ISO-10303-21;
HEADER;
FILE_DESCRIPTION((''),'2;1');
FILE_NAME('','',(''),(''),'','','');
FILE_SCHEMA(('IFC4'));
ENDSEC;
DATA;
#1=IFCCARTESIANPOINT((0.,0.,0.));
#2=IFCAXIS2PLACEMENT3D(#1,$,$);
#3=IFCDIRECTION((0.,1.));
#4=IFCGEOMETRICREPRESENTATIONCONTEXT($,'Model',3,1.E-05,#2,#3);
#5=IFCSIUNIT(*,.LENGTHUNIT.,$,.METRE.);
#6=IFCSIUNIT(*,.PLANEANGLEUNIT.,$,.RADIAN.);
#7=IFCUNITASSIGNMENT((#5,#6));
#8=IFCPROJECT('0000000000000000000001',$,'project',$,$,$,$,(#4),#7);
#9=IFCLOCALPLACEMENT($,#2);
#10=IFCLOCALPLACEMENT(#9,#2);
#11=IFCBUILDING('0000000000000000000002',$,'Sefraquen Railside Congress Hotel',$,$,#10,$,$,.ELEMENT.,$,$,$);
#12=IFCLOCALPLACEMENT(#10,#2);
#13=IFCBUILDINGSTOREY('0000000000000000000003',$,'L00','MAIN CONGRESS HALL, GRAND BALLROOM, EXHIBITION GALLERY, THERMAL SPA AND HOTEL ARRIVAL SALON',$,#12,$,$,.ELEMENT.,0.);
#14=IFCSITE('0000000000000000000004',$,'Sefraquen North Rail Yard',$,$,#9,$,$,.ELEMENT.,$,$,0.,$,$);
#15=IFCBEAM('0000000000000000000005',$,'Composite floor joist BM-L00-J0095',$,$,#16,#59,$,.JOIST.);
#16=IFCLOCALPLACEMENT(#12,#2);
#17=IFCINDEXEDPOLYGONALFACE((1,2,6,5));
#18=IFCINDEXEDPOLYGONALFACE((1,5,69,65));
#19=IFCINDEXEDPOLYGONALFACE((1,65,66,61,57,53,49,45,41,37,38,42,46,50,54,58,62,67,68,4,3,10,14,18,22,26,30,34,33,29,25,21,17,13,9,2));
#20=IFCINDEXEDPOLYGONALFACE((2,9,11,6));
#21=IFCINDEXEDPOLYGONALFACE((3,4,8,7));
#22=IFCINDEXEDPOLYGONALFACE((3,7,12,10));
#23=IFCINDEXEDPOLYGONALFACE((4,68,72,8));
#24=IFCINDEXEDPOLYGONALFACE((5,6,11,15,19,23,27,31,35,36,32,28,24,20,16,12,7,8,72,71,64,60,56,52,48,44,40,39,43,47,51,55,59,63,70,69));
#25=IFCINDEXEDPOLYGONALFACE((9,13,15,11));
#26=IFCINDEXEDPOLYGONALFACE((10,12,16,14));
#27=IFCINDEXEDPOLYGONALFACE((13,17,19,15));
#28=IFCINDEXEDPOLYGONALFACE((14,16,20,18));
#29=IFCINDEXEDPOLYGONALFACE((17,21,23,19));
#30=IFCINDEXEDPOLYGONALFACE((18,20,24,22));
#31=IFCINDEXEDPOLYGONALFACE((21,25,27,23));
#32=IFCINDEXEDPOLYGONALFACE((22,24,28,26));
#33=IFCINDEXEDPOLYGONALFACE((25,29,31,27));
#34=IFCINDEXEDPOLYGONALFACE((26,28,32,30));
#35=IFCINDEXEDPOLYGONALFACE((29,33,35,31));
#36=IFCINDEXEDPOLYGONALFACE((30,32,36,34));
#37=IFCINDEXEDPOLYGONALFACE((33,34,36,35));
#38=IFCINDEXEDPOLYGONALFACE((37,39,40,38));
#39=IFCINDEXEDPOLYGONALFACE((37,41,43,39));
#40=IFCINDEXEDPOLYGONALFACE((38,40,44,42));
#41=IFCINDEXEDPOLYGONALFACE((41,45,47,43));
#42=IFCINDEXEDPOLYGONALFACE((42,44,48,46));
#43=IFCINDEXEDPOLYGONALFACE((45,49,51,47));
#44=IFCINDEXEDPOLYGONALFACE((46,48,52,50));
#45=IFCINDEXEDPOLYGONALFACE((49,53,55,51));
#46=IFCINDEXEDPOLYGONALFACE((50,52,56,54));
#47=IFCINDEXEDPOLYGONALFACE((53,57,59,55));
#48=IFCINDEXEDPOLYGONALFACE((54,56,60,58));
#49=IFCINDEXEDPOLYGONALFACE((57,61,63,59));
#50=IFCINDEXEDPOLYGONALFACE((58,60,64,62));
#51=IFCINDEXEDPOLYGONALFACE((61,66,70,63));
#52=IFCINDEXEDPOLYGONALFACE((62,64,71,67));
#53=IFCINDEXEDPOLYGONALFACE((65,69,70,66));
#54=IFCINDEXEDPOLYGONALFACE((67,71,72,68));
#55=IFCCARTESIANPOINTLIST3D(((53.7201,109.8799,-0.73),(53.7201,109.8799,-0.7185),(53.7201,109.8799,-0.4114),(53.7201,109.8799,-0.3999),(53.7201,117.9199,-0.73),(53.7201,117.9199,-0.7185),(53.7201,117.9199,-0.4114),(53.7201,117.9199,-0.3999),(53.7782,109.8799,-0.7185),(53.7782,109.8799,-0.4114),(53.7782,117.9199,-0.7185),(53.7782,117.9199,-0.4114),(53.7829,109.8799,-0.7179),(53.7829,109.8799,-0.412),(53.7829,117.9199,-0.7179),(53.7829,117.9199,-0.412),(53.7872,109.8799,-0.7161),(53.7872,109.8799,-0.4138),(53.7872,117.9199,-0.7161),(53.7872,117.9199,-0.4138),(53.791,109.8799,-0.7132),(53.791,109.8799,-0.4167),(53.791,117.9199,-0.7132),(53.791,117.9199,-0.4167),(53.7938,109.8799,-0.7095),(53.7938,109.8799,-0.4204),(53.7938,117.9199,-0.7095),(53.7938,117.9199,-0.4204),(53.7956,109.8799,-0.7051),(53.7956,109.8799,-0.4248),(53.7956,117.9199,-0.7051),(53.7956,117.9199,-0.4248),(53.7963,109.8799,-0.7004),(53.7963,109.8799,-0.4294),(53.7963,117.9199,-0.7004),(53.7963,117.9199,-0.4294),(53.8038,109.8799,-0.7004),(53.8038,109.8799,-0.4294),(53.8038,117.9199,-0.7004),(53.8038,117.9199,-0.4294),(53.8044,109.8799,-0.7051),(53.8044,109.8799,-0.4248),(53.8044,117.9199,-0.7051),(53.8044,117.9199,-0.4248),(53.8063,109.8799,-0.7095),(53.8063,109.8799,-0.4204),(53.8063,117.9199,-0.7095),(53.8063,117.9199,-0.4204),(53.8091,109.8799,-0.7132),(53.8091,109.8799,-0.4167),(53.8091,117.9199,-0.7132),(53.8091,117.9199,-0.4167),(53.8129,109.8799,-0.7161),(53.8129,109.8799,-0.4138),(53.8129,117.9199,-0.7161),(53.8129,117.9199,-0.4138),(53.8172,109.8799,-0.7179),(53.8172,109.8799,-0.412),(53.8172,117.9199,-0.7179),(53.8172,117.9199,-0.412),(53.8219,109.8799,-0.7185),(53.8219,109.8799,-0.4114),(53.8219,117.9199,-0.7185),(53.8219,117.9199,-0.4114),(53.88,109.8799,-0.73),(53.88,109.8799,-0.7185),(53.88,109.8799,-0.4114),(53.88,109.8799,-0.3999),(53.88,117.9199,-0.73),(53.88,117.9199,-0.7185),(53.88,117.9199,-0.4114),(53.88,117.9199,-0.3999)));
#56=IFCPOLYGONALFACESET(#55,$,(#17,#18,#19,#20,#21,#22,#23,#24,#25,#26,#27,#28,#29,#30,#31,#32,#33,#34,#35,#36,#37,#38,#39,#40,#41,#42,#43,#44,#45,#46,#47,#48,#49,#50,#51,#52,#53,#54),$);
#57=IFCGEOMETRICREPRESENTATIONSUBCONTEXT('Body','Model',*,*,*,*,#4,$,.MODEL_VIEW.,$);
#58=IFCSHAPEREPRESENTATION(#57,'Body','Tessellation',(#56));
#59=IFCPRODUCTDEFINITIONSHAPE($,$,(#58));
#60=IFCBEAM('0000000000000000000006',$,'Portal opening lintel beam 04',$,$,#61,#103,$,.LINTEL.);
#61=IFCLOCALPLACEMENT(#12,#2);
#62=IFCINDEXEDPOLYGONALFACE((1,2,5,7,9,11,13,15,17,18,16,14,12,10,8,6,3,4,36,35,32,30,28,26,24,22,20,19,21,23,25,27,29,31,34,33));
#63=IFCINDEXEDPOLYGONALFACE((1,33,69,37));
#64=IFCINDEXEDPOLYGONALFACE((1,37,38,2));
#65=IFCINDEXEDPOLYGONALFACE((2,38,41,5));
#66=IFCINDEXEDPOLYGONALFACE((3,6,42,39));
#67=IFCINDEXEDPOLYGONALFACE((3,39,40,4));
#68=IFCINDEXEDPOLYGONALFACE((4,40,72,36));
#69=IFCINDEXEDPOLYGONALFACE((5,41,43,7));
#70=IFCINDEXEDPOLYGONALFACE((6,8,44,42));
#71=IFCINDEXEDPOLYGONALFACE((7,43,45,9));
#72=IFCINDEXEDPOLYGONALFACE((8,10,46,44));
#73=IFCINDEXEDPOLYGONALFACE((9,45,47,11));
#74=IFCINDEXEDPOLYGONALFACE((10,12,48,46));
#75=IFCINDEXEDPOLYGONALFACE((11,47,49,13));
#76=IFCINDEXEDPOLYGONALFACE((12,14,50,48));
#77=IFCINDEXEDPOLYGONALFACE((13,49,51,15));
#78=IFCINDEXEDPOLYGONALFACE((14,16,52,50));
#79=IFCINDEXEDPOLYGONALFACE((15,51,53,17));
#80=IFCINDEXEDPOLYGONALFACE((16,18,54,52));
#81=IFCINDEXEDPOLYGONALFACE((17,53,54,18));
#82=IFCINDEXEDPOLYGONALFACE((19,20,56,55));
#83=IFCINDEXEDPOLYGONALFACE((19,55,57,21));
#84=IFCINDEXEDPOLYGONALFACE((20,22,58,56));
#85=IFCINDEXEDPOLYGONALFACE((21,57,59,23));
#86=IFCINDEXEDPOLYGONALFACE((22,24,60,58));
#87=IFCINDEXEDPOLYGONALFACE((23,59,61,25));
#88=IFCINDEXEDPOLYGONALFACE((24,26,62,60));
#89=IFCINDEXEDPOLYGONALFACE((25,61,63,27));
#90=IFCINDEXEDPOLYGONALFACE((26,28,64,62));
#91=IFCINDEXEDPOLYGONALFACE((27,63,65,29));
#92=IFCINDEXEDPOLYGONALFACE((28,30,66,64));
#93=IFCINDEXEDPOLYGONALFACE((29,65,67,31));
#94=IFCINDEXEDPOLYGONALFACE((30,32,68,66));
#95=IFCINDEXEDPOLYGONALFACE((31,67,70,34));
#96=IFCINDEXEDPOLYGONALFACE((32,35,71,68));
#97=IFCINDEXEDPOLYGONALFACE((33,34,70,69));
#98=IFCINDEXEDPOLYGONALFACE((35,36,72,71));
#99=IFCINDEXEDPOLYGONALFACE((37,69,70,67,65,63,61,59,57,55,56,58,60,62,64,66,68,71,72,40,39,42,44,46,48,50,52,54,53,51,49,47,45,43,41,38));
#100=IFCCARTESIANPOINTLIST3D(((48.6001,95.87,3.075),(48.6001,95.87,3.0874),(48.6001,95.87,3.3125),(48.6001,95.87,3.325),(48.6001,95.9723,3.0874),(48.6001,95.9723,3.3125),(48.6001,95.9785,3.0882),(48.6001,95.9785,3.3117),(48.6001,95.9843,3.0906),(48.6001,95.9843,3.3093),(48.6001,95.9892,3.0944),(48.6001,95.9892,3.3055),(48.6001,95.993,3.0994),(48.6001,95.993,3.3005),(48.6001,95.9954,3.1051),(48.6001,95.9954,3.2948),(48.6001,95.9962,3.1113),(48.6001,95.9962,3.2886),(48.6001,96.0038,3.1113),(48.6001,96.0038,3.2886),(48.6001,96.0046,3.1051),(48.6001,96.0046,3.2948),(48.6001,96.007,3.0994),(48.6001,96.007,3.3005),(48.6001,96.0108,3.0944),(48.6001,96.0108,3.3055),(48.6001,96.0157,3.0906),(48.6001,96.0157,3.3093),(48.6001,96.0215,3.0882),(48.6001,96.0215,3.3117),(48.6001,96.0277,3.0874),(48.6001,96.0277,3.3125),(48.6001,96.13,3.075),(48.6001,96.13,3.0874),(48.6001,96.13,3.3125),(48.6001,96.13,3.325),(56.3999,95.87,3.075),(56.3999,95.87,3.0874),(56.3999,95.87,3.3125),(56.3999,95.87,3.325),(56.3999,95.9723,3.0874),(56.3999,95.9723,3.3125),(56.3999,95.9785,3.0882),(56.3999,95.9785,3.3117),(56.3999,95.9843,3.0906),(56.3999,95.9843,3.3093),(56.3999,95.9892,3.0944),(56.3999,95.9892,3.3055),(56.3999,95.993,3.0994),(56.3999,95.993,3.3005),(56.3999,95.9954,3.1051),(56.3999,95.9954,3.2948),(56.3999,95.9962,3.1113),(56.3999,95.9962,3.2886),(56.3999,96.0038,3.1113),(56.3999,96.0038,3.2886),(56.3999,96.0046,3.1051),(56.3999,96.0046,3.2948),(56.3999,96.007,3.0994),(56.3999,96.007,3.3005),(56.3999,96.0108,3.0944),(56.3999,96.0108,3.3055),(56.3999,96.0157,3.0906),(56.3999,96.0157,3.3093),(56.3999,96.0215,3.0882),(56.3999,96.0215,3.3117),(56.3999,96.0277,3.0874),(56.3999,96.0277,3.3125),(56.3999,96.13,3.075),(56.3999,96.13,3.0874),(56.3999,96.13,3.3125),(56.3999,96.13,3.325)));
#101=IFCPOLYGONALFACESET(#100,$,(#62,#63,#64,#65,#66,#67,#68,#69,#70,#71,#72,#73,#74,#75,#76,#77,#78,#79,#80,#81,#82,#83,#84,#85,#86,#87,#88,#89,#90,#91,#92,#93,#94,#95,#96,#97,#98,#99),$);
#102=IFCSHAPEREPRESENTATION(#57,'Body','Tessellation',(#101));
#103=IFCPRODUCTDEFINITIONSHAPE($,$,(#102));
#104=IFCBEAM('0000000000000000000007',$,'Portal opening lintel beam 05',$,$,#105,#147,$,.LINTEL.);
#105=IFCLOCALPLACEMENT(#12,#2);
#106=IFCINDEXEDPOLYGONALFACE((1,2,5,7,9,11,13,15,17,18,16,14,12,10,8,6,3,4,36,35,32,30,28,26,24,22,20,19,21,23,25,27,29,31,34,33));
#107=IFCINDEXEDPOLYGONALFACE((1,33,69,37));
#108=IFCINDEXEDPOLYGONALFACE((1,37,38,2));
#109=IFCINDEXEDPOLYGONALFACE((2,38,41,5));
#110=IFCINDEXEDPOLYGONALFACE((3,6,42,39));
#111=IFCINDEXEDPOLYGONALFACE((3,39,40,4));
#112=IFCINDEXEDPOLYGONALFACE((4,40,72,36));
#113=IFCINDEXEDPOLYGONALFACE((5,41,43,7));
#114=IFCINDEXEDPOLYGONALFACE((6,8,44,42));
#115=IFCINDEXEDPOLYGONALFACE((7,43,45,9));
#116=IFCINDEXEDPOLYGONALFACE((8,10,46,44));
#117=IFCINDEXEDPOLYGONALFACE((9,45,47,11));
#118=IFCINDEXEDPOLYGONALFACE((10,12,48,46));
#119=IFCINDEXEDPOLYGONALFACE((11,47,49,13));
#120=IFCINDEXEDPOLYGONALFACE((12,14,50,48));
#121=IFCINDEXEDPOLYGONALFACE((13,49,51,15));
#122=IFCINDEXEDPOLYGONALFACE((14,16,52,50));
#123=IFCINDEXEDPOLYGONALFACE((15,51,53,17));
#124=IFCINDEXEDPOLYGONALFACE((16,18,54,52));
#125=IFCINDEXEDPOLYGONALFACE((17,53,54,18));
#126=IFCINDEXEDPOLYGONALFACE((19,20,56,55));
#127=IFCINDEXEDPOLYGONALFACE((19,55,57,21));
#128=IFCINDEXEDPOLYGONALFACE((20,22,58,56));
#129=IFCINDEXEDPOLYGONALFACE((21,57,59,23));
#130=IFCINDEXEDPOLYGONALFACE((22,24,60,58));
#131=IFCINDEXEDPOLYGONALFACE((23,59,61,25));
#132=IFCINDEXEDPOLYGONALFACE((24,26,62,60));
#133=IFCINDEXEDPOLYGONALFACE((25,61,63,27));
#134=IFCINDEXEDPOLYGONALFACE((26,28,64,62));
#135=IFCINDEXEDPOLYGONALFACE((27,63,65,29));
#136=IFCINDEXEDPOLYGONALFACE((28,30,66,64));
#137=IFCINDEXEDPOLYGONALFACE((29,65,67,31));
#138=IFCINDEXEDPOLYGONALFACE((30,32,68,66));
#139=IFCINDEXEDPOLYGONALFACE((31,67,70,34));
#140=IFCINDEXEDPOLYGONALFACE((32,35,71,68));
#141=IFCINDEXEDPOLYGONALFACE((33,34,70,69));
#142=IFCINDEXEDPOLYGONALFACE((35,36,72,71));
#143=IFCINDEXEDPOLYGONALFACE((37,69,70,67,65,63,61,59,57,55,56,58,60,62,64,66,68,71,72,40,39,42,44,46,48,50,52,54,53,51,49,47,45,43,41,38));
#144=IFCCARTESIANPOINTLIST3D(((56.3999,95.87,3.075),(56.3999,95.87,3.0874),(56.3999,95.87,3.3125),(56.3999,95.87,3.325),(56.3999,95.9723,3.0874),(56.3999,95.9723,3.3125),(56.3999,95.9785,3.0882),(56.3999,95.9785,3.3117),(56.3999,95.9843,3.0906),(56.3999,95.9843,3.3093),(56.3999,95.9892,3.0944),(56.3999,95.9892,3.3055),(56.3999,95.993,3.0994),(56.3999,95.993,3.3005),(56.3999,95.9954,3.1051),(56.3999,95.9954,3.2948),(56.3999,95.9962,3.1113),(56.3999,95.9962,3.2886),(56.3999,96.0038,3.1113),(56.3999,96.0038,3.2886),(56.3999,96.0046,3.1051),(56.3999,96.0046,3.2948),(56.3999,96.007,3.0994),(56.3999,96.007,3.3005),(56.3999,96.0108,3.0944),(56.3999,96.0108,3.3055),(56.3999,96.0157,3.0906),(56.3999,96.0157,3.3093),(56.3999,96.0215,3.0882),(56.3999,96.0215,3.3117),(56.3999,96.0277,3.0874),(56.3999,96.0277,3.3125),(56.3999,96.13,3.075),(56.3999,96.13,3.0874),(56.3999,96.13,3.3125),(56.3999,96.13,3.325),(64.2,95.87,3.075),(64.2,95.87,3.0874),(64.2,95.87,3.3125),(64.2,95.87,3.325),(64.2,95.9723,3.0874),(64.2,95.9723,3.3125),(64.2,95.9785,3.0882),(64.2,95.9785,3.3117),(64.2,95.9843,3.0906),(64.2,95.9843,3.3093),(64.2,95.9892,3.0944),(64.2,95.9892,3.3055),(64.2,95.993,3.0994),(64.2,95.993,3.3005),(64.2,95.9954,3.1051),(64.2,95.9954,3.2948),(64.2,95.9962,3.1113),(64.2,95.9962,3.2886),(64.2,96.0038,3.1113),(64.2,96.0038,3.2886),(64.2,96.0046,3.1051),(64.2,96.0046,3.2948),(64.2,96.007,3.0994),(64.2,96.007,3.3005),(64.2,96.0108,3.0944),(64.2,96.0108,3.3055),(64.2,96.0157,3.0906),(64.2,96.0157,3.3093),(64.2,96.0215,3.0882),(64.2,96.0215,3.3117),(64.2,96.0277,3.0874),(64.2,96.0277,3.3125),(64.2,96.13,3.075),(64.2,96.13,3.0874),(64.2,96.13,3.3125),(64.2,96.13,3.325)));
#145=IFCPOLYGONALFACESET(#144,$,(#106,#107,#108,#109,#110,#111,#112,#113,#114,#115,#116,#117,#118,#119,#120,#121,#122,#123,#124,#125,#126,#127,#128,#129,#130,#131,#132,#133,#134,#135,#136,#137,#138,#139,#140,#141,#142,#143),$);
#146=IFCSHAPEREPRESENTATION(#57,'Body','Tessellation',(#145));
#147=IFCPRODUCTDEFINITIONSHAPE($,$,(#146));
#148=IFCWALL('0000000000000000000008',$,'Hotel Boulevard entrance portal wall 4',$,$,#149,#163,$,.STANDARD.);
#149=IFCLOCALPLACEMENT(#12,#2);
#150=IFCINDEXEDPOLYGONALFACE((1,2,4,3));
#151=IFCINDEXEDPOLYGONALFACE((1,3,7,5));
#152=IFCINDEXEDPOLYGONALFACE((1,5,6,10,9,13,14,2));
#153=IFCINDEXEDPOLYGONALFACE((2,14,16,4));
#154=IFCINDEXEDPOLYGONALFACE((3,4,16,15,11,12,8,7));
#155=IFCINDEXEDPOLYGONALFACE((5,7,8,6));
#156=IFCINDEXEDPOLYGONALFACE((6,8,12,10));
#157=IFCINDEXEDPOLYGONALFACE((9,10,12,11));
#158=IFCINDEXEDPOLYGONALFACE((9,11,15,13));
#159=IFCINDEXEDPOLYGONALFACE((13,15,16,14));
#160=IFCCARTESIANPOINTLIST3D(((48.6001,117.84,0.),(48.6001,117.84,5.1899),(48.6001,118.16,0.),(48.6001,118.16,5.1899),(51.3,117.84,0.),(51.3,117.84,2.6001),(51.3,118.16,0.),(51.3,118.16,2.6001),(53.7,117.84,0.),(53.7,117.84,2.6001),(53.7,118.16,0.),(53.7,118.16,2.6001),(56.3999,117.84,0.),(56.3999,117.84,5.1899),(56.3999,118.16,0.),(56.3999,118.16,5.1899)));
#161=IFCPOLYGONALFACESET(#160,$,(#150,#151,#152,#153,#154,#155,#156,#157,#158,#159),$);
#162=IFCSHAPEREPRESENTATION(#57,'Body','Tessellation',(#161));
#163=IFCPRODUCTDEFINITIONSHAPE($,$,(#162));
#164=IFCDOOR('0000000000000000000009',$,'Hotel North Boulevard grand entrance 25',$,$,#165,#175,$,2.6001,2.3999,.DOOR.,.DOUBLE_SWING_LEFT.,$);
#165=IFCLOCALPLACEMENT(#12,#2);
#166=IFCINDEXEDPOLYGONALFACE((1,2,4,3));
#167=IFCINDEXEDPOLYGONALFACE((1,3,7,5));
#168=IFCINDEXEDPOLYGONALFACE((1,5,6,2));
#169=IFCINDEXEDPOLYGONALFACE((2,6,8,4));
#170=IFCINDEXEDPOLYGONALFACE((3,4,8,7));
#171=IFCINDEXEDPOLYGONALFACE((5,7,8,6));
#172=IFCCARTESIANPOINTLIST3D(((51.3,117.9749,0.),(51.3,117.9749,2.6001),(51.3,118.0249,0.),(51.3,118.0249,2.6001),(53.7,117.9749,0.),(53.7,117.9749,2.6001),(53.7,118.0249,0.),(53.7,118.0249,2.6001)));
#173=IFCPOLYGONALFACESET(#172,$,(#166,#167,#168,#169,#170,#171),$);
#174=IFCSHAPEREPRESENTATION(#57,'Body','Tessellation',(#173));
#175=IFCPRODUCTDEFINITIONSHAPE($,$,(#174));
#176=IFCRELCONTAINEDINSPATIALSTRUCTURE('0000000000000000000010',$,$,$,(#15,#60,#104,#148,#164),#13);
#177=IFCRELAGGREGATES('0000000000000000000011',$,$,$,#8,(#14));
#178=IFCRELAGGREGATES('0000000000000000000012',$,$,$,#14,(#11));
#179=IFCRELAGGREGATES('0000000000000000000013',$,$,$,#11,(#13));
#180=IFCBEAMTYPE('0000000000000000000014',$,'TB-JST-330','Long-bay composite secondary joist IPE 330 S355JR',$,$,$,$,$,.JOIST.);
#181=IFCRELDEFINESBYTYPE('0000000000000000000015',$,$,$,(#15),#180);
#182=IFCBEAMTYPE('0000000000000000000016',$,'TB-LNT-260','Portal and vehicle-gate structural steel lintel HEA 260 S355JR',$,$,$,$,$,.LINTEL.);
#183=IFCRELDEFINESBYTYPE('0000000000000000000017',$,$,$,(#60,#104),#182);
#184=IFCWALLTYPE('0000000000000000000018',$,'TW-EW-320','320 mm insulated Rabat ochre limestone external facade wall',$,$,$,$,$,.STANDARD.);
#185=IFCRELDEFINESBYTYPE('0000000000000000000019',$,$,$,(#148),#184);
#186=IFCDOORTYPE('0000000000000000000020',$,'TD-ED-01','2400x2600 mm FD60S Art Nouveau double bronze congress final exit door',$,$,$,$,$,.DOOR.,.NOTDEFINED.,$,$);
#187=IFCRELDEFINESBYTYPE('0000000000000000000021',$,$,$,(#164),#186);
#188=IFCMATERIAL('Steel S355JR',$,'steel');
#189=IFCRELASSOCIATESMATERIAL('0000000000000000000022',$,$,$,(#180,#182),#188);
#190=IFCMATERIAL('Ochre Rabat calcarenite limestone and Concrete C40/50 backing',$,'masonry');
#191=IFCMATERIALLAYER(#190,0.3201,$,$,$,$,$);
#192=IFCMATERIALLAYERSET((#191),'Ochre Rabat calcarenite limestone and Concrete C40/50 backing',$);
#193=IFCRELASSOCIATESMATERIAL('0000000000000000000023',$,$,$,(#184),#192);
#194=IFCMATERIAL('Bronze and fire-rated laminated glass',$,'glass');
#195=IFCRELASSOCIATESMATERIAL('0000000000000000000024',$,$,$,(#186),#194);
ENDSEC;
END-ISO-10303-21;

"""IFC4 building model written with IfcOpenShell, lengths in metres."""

from ifc_helpers import new_model, si_unit, direction, frame, frame_2d, origin, origin_2d, place, context, subcontext, project, spatial, rectangle, i_section, extrude, material, layer, layer_set, material_profile, profile_set, type_object, element, fill, save


model = new_model("IFC4")

# Units and contexts
model_context = context("Model", 3, precision=1e-05, world=origin(), true_north=direction((0.0, 1.0)))
body_context = subcontext(model_context, "Body", "Model", "MODEL_VIEW")
ifc_project = project(units=[si_unit("LENGTHUNIT", "METRE"), si_unit("PLANEANGLEUNIT", "RADIAN")], contexts=[model_context])

# Site, building, storey
site_placement = place(None, origin())
site = spatial("IfcSite", under=ifc_project, at=site_placement, Name="Sefraquen North Rail Yard", CompositionType="ELEMENT", RefElevation=0.0)
building_placement = place(site_placement, origin())
building = spatial("IfcBuilding", under=site, at=building_placement, Name="Sefraquen Railside Congress Hotel", CompositionType="ELEMENT")
storey_placement = place(building_placement, origin())
storey = spatial("IfcBuildingStorey", under=building, at=storey_placement, Name="L00", Description="MAIN CONGRESS HALL, GRAND BALLROOM, EXHIBITION GALLERY, THERMAL SPA AND HOTEL ARRIVAL SALON", CompositionType="ELEMENT", Elevation=0.0)

# Shared definitions
ifc_material_1 = material(Name="Steel S355JR", Category="steel")

# Beams
ifc_material_profile_1 = material_profile(ifc_material_1, i_section(OverallWidth=0.1599, OverallDepth=0.3301, WebThickness=0.0076, FlangeThickness=0.0115, FilletRadius=0.0181, at=origin_2d()), Name="IPE 330")
ifc_profile_set_1 = profile_set([ifc_material_profile_1], Name="Steel S355JR")
beam_type_1 = type_object("IfcBeamType", Name="TB-JST-330", Description="Long-bay composite secondary joist IPE 330 S355JR", PredefinedType="JOIST", material=ifc_profile_set_1)
for number, where, z_axis, x_axis, name in (
    (1, (53.8, 109.8799, -0.5649), (0.0, 1.0, 0.0), (-1.0, 0.0, 0.0), "Composite floor joist BM-L00-J0095"),
):
    element("IfcBeam", number, at=place(storey_placement, frame(where, z_axis=z_axis, x_axis=x_axis)), inside=storey, type_object=beam_type_1, Name=name, PredefinedType="JOIST", context=body_context, shape_type="SweptSolid", body=[
        extrude(i_section(OverallWidth=0.1599, OverallDepth=0.3301, WebThickness=0.0076, FlangeThickness=0.0115, FilletRadius=0.0181, at=origin_2d()), origin(), (0.0, 0.0, 1.0), 8.04),
    ])
ifc_material_profile_2 = material_profile(ifc_material_1, i_section(OverallWidth=0.26, OverallDepth=0.25, WebThickness=0.0076, FlangeThickness=0.0125, FilletRadius=0.0239, at=origin_2d()), Name="HEA 260")
ifc_profile_set_2 = profile_set([ifc_material_profile_2], Name="Steel S355JR")
beam_type_2 = type_object("IfcBeamType", Name="TB-LNT-260", Description="Portal and vehicle-gate structural steel lintel HEA 260 S355JR", PredefinedType="LINTEL", material=ifc_profile_set_2)
beam_1_placement = place(storey_placement, frame((48.6001, 96.0, 3.2), z_axis=(1.0, 0.0, 0.0), x_axis=(0.0, 1.0, 0.0)))
element("IfcBeam", 2, at=beam_1_placement, inside=storey, type_object=beam_type_2, Name="Portal opening lintel beam 04", PredefinedType="LINTEL", context=body_context, shape_type="SweptSolid", body=[
    extrude(i_section(OverallWidth=0.26, OverallDepth=0.25, WebThickness=0.0076, FlangeThickness=0.0125, FilletRadius=0.0239, at=origin_2d()), origin(), (0.0, 0.0, 1.0), 7.7998),
])
beam_2_placement = place(storey_placement, frame((56.3999, 96.0, 3.2), z_axis=(1.0, 0.0, 0.0), x_axis=(0.0, 1.0, 0.0)))
element("IfcBeam", 3, at=beam_2_placement, inside=storey, type_object=beam_type_2, Name="Portal opening lintel beam 05", PredefinedType="LINTEL", context=body_context, shape_type="SweptSolid", body=[
    extrude(i_section(OverallWidth=0.26, OverallDepth=0.25, WebThickness=0.0076, FlangeThickness=0.0125, FilletRadius=0.0239, at=origin_2d()), origin(), (0.0, 0.0, 1.0), 7.8),
])

# Wall, opening, door
ifc_material_2 = material(Name="Ochre Rabat calcarenite limestone and Concrete C40/50 backing", Category="masonry")
ifc_layer = layer(ifc_material_2, 0.3201)
ifc_layer_set = layer_set([ifc_layer], Name="Ochre Rabat calcarenite limestone and Concrete C40/50 backing")
wall_type = type_object("IfcWallType", Name="TW-EW-320", Description="320 mm insulated Rabat ochre limestone external facade wall", PredefinedType="STANDARD", material=ifc_layer_set)
wall_placement = place(storey_placement, frame((48.6001, 118.0, 0.0), z_axis=(0.0, 0.0, 1.0), x_axis=(1.0, 0.0, 0.0)))
wall = element("IfcWall", 4, at=wall_placement, inside=storey, type_object=wall_type, Name="Hotel Boulevard entrance portal wall 4", PredefinedType="STANDARD", context=body_context, shape_type="SweptSolid", body=[
    extrude(rectangle(XDim=7.7998, YDim=0.3201, at=frame_2d((3.8999, 0.0))), origin(), (0.0, 0.0, 1.0), 5.1899),
])
opening_placement = place(wall_placement, frame((2.7, 0.0, 0.0)))
opening = element("IfcOpeningElement", 5, at=opening_placement, cuts=wall, PredefinedType="OPENING", context=body_context, shape_type="SweptSolid", body=[
    extrude(rectangle(XDim=2.3999, YDim=2.6001, at=frame_2d((1.2, 1.3))), frame((0.0, 0.1699, 0.0), z_axis=(0.0, -1.0, 0.0), x_axis=(1.0, 0.0, 0.0)), (0.0, 0.0, 1.0), 0.3401),
])
ifc_material_3 = material(Name="Bronze and fire-rated laminated glass", Category="glass")
door_type = type_object("IfcDoorType", Name="TD-ED-01", Description="2400x2600 mm FD60S Art Nouveau double bronze congress final exit door", OperationType="NOTDEFINED", PredefinedType="DOOR", material=ifc_material_3)
door_placement = place(opening_placement, origin())
door = element("IfcDoor", 6, at=door_placement, inside=storey, type_object=door_type, Name="Hotel North Boulevard grand entrance 25", OperationType="DOUBLE_SWING_LEFT", OverallHeight=2.6001, OverallWidth=2.3999, PredefinedType="DOOR", context=body_context, shape_type="SweptSolid", body=[
    extrude(rectangle(XDim=2.3999, YDim=2.6001, at=frame_2d((1.2, 1.3))), frame((0.0, 0.0249, 0.0), z_axis=(0.0, -1.0, 0.0), x_axis=(1.0, 0.0, 0.0)), (0.0, 0.0, 1.0), 0.05),
])
fill(opening, door)

save(model, "model.ifc")
